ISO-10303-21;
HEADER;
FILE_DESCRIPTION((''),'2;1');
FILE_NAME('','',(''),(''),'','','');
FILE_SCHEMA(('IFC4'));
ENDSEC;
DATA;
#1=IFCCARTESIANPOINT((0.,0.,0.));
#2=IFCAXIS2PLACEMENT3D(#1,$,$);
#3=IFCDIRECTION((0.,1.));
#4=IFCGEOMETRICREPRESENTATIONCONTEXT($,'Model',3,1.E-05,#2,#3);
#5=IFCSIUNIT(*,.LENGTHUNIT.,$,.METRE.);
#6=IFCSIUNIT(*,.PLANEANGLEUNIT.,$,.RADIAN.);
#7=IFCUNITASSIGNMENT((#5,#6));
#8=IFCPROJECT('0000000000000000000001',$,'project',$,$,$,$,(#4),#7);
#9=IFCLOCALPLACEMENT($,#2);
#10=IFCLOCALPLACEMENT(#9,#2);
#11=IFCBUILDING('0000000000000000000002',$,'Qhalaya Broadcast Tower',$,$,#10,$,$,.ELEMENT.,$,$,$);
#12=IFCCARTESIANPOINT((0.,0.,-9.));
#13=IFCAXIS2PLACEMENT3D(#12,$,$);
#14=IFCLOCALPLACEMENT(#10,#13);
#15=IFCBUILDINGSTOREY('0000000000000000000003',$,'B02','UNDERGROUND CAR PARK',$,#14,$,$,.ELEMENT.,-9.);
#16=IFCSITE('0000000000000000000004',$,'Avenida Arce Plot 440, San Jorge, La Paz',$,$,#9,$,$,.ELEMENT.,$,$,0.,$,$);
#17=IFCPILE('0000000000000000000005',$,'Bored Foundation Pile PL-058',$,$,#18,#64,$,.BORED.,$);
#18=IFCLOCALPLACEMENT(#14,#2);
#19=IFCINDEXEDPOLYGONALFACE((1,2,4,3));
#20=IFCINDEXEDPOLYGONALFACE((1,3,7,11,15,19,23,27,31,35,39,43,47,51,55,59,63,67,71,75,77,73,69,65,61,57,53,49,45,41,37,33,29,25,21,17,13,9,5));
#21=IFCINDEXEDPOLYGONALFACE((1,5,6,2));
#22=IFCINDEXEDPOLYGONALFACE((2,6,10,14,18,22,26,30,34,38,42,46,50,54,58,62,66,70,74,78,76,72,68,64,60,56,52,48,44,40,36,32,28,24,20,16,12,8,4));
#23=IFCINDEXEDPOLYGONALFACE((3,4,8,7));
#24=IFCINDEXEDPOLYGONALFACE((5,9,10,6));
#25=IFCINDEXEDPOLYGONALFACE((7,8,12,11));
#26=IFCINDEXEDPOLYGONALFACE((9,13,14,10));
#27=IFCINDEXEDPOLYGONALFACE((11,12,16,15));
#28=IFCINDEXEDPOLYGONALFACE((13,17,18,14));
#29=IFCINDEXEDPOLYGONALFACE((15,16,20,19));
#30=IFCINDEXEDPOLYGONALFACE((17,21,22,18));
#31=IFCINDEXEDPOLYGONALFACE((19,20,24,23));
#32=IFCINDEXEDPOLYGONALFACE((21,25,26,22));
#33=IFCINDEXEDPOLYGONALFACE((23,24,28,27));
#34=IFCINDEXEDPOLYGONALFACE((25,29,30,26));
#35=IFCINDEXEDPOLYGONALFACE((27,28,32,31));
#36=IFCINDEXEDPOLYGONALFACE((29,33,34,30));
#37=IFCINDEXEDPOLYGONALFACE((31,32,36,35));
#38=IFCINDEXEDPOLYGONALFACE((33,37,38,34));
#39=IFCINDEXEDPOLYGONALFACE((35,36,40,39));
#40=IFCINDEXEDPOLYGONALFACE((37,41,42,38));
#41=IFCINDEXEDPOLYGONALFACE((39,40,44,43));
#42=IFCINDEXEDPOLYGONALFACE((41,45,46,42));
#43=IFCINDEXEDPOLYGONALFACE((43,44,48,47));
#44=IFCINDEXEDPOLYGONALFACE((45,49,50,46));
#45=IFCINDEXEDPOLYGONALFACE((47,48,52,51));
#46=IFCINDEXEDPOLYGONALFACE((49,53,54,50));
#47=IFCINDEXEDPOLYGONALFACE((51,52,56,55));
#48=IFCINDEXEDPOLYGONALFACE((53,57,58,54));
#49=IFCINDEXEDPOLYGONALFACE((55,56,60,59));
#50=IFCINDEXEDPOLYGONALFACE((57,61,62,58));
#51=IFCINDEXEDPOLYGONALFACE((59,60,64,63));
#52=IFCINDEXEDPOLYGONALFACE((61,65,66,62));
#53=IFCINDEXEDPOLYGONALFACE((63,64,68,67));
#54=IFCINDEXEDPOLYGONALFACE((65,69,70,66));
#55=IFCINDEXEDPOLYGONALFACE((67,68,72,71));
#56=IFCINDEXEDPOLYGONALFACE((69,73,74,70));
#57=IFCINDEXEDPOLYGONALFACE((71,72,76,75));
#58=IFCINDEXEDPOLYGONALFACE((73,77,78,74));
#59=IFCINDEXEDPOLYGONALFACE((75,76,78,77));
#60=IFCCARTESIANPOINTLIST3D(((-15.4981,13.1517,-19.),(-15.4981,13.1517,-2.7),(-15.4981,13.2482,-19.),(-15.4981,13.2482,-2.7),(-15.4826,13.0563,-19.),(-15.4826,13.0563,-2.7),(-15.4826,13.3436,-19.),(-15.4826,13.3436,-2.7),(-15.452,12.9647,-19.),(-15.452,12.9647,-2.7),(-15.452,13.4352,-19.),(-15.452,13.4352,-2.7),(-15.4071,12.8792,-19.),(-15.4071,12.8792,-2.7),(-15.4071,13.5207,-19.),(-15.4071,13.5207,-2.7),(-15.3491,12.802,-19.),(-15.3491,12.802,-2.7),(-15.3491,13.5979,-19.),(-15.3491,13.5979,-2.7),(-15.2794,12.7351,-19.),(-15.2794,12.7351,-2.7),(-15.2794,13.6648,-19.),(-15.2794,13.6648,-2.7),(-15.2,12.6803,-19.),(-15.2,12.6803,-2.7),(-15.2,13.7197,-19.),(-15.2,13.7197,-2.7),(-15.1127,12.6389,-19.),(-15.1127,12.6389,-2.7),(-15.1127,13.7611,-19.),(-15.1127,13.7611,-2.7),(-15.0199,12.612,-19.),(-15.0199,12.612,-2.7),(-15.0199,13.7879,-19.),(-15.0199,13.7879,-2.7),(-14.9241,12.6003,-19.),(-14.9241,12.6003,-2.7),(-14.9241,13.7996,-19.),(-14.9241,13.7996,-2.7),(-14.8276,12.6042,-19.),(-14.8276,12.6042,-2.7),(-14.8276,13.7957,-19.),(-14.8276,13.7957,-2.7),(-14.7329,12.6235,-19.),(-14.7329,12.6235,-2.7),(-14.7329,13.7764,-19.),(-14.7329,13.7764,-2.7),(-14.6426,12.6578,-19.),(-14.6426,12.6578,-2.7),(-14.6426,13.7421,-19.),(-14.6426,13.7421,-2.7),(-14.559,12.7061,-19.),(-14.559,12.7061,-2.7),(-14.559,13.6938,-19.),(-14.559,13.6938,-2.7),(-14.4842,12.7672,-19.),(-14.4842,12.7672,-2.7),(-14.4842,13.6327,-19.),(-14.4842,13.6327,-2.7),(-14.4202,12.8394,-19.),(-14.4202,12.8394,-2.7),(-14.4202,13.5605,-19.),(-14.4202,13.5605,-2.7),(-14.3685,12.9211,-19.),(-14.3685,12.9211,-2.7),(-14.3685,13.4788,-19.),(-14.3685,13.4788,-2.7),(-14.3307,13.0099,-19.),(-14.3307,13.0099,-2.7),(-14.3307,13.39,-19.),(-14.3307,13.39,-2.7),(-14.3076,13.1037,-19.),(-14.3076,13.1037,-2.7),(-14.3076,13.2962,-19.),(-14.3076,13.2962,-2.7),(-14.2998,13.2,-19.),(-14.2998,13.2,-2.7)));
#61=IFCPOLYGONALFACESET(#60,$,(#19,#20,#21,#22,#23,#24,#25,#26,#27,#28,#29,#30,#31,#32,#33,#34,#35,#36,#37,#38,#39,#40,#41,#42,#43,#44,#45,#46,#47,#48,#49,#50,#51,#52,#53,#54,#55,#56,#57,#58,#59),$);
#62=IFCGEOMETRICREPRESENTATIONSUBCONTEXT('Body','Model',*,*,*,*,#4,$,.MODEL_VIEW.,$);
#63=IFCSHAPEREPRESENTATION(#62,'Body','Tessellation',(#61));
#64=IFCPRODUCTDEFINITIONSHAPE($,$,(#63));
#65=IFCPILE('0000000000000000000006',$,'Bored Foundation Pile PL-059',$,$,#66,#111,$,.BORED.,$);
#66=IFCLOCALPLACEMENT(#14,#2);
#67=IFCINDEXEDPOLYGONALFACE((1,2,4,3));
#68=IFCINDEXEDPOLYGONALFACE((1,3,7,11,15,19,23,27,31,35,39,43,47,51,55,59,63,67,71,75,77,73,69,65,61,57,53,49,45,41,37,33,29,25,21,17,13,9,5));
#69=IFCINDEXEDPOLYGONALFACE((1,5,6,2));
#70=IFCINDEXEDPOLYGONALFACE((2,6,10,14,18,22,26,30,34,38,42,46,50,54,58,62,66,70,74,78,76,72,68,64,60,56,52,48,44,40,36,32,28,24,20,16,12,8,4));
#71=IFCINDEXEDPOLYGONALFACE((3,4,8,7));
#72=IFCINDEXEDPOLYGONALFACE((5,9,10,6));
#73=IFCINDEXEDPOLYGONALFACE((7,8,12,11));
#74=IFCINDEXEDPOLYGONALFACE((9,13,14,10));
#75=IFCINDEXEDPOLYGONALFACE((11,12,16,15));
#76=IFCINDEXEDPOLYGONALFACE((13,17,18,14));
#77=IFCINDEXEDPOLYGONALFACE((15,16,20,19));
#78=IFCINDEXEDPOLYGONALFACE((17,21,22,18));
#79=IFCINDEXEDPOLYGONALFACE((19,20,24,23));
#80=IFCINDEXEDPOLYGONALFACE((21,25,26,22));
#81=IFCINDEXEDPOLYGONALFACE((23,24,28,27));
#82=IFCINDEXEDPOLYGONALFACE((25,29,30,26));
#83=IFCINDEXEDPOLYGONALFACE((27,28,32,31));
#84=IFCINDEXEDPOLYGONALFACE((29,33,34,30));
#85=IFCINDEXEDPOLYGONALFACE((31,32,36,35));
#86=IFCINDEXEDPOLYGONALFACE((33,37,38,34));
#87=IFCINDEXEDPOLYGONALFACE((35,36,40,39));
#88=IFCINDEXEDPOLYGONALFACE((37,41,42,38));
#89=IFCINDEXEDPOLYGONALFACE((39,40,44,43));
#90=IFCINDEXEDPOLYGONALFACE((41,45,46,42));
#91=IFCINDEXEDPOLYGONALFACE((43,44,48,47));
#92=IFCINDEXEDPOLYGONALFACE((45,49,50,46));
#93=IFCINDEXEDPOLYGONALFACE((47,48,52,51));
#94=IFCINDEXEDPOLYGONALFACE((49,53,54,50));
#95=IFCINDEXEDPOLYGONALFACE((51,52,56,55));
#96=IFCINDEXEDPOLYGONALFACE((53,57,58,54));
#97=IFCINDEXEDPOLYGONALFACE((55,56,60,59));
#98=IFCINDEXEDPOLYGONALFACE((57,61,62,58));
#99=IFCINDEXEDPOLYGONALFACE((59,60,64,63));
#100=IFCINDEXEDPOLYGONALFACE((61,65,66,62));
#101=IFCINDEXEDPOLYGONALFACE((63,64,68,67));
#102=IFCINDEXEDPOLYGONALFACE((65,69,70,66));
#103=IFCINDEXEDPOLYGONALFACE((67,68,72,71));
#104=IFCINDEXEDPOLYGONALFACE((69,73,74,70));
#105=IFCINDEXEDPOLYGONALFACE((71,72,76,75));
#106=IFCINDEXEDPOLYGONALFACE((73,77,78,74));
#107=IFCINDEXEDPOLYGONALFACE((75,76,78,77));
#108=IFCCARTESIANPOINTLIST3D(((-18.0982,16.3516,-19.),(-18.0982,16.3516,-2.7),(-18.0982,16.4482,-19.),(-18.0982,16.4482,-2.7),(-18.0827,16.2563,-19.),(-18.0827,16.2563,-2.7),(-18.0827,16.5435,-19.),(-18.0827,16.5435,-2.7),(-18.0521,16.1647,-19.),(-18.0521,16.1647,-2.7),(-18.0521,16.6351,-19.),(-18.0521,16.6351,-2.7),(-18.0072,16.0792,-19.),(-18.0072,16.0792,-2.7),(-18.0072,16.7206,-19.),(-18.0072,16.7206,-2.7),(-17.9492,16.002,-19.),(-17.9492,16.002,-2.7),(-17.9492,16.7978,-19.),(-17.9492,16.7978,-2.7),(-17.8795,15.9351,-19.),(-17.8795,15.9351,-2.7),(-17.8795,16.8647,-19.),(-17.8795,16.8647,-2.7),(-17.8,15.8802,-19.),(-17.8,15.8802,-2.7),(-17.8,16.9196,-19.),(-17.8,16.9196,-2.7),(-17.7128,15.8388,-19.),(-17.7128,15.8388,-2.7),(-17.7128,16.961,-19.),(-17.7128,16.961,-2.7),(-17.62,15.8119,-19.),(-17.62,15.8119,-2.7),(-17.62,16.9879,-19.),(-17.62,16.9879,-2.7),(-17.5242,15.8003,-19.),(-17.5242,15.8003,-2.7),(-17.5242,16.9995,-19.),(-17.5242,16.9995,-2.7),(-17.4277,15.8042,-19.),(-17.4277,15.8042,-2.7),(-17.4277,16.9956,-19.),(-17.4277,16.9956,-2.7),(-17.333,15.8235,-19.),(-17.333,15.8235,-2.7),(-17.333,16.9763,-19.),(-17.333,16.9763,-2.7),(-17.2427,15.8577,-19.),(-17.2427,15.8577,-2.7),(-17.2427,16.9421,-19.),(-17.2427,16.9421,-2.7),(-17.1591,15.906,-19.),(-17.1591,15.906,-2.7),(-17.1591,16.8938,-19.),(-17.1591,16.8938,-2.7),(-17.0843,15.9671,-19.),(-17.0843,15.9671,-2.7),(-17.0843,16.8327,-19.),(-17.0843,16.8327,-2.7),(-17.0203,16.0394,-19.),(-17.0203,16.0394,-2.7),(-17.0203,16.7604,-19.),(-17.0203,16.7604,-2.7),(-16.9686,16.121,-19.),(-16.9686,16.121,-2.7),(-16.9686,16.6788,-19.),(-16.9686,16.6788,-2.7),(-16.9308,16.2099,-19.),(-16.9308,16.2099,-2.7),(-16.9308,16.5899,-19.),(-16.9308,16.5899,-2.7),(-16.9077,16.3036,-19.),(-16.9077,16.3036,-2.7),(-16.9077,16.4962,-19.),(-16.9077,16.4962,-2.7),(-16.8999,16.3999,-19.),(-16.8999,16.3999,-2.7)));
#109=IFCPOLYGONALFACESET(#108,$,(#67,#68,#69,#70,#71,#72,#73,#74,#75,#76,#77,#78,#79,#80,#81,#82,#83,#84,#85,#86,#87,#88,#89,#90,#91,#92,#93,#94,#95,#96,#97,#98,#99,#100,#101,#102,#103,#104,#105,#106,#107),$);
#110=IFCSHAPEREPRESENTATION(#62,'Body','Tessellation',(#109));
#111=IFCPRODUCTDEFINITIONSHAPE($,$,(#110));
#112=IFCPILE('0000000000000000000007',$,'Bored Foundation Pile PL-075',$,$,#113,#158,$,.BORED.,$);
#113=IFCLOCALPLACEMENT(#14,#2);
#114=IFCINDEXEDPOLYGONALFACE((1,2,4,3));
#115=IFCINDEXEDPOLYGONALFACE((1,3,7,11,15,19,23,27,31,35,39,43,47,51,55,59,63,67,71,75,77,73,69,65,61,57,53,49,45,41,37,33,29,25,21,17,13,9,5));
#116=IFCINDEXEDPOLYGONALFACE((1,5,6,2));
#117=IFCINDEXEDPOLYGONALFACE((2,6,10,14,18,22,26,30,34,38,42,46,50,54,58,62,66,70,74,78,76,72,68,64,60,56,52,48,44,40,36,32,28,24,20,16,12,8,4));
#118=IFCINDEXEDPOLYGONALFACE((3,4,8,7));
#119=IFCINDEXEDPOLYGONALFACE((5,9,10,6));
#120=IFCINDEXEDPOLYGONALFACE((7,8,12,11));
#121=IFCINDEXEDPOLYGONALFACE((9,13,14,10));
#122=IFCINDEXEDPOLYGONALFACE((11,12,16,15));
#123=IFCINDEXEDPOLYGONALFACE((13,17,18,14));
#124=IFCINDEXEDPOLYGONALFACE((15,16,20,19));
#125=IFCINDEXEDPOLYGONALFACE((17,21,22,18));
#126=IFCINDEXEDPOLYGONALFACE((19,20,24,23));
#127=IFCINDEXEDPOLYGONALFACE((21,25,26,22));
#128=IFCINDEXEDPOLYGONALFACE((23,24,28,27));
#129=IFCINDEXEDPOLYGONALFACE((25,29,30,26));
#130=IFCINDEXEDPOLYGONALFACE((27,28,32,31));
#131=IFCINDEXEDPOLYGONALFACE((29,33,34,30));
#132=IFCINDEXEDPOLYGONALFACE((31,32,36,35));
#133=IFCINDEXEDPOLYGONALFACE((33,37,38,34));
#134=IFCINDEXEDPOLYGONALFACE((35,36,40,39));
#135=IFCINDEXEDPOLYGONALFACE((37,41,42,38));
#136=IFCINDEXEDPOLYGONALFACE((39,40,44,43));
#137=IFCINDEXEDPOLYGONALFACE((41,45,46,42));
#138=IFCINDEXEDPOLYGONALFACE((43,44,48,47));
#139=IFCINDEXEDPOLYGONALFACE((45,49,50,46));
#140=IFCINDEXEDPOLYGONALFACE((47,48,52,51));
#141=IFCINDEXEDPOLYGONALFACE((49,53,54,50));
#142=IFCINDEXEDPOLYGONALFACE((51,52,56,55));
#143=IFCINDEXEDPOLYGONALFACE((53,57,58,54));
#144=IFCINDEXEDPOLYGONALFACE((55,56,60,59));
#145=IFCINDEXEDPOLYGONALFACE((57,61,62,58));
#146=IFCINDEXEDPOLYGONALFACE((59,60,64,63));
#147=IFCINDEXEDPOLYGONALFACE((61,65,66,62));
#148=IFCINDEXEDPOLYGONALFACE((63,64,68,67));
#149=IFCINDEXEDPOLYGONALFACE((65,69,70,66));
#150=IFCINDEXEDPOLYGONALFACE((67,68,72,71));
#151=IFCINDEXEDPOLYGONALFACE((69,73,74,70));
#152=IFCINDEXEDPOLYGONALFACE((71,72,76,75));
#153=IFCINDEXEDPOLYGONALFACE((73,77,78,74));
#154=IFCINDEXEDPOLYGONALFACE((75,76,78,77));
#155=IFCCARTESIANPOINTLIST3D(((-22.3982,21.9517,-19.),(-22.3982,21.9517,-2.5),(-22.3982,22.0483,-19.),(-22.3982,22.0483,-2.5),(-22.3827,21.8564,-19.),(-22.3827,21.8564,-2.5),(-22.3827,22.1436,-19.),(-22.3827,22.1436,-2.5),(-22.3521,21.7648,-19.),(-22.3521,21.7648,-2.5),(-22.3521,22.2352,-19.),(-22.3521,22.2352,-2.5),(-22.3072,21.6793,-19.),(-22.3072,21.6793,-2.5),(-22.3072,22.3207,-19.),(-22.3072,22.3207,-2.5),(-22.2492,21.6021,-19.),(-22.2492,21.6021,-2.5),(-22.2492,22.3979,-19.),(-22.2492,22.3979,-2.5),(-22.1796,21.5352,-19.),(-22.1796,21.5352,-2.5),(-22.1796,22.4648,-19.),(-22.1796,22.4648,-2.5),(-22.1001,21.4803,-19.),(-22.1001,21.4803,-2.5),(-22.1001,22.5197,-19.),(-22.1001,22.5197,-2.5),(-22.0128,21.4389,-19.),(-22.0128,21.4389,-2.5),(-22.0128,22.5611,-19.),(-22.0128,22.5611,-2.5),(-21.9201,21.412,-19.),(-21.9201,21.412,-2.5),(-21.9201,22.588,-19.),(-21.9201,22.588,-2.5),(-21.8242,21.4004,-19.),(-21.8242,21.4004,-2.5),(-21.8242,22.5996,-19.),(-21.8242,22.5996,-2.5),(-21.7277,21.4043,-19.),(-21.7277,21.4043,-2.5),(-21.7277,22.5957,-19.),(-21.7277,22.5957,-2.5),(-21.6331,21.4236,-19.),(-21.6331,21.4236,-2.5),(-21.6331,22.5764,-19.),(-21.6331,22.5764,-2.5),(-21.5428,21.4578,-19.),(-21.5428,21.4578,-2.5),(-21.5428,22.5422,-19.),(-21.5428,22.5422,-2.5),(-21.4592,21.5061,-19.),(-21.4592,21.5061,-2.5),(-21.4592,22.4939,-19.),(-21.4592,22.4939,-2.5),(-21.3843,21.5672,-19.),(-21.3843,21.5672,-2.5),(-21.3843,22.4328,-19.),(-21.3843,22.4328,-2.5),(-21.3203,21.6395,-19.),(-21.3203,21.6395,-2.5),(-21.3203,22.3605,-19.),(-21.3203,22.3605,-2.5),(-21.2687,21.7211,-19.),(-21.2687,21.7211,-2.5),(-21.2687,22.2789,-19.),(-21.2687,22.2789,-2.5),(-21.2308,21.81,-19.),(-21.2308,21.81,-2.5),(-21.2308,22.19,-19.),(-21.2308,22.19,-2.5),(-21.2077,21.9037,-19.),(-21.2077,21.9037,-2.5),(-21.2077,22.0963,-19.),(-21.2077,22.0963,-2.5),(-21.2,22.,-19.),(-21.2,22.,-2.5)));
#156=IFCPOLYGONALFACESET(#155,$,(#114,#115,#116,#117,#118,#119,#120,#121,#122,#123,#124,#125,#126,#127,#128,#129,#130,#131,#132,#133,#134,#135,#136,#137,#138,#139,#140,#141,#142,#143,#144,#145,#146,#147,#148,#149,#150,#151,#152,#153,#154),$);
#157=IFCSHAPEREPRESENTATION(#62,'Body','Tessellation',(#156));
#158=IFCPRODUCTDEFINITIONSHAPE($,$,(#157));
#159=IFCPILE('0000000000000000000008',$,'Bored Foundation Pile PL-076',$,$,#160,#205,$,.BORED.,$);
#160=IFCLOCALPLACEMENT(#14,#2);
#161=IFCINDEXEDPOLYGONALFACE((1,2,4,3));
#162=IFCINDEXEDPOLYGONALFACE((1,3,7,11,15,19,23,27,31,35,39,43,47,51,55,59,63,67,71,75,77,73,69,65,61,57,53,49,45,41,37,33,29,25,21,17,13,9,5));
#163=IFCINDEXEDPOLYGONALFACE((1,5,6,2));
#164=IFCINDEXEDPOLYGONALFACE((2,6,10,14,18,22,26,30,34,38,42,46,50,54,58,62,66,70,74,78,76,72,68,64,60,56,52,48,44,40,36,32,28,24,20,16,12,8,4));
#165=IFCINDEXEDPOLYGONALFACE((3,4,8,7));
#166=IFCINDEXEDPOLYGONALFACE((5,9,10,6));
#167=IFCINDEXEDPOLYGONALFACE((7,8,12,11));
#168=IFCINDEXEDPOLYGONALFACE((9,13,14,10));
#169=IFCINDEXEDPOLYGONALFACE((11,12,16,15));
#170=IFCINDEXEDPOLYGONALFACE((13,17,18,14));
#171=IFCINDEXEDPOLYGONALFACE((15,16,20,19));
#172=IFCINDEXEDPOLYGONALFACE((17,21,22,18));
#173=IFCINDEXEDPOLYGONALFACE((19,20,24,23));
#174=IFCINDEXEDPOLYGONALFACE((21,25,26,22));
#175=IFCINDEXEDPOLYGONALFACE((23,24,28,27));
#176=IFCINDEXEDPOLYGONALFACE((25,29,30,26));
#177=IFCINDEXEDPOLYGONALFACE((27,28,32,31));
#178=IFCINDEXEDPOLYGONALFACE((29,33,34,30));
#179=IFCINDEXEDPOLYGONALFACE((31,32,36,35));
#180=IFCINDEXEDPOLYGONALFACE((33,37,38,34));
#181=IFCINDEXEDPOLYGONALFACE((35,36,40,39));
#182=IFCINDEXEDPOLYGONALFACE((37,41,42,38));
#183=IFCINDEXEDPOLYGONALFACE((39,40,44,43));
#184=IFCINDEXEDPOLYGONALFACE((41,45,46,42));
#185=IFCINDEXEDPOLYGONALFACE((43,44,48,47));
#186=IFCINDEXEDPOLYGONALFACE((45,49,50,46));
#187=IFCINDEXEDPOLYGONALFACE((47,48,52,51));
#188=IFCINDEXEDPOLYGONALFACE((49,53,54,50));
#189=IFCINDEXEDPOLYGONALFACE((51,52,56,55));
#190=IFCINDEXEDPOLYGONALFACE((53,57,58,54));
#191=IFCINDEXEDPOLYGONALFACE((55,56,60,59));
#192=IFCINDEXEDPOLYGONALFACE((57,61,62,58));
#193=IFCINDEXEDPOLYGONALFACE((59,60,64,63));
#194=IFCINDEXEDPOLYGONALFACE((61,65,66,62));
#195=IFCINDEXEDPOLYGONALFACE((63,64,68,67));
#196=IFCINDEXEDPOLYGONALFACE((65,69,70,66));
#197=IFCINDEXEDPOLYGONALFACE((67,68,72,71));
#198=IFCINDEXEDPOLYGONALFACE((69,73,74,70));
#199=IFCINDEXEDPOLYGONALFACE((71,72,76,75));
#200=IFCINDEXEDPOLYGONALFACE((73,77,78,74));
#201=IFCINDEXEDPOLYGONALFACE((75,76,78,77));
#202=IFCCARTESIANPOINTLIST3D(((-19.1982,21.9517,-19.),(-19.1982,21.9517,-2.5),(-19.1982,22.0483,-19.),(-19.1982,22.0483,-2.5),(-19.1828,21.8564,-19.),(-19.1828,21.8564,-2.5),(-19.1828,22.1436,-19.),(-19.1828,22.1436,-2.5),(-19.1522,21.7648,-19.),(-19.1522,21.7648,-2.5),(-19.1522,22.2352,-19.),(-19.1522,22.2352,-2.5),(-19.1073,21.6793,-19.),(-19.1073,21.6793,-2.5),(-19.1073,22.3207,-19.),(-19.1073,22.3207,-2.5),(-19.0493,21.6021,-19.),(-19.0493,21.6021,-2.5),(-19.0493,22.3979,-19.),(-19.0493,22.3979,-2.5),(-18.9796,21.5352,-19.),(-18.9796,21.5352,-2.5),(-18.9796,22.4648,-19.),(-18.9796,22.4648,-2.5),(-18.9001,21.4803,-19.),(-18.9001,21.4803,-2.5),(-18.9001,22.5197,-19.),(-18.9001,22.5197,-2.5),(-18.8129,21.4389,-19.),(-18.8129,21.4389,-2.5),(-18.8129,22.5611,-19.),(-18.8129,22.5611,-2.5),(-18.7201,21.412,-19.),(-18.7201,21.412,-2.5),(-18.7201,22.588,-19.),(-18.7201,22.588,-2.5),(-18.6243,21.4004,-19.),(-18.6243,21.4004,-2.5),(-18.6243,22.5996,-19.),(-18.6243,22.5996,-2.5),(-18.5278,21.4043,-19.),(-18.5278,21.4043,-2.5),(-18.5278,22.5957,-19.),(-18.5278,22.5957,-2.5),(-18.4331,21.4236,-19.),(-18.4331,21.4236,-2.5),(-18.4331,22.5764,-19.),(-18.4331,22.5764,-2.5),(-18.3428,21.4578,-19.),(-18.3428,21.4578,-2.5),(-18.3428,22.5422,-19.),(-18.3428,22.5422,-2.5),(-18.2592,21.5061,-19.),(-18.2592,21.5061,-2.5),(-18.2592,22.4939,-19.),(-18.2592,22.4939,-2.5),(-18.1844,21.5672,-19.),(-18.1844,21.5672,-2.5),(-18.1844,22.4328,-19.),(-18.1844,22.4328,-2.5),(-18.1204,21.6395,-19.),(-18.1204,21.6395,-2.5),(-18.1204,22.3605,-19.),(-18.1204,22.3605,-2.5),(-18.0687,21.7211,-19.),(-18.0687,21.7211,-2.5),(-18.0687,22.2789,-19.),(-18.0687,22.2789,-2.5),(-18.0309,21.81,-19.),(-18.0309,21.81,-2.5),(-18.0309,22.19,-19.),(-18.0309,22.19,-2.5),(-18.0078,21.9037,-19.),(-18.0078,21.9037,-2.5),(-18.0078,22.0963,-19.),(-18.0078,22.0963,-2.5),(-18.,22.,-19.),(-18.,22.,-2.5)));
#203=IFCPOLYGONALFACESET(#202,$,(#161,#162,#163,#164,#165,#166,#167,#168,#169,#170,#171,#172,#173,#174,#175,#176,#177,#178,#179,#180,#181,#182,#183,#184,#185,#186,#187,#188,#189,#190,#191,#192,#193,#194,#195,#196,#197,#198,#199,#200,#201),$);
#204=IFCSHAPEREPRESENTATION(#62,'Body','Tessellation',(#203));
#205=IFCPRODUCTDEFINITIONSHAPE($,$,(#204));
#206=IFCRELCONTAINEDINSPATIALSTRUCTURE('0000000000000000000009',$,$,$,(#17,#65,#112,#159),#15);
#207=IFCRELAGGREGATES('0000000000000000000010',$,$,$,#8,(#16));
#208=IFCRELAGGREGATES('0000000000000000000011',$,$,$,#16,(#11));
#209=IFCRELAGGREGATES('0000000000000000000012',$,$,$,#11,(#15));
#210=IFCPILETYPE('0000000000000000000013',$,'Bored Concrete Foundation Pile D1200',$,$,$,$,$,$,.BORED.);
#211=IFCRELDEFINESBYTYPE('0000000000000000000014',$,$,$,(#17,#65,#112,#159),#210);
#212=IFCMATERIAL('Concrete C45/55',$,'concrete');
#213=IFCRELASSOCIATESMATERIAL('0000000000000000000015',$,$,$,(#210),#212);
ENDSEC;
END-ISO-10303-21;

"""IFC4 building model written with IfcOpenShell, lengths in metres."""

from ifc_helpers import new_model, si_unit, direction, frame, origin, origin_2d, place, context, subcontext, project, spatial, circle, extrude, material, material_profile, profile_set, type_object, element, save


model = new_model("IFC4")

# Units and contexts
model_context = context("Model", 3, precision=1e-05, world=origin(), true_north=direction((0.0, 1.0)))
body_context = subcontext(model_context, "Body", "Model", "MODEL_VIEW")
ifc_project = project(units=[si_unit("LENGTHUNIT", "METRE"), si_unit("PLANEANGLEUNIT", "RADIAN")], contexts=[model_context])

# Site, building, storey
site_placement = place(None, origin())
site = spatial("IfcSite", under=ifc_project, at=site_placement, Name="Avenida Arce Plot 440, San Jorge, La Paz", CompositionType="ELEMENT", RefElevation=0.0)
building_placement = place(site_placement, origin())
building = spatial("IfcBuilding", under=site, at=building_placement, Name="Qhalaya Broadcast Tower", CompositionType="ELEMENT")
storey_placement = place(building_placement, frame((0.0, 0.0, -9.0)))
storey = spatial("IfcBuildingStorey", under=building, at=storey_placement, Name="B02", Description="UNDERGROUND CAR PARK", CompositionType="ELEMENT", Elevation=-9.0)

# Piles
ifc_material_1 = material(Name="Concrete C45/55", Category="concrete")
ifc_material_profile_1 = material_profile(ifc_material_1, circle(Radius=0.6001, at=origin_2d()), Name="PILE D1200")
ifc_profile_set_1 = profile_set([ifc_material_profile_1], Name="Concrete C45/55")
pile_type = type_object("IfcPileType", Name="Bored Concrete Foundation Pile D1200", PredefinedType="BORED", material=ifc_profile_set_1)
for number, where, z_axis, x_axis, name in (
    (1, (-14.8999, 13.2, -2.7), (0.0, 0.0, -1.0), (1.0, 0.0, 0.0), "Bored Foundation Pile PL-058"),
    (2, (-17.5, 16.3999, -2.7), (0.0, 0.0, -1.0), (1.0, 0.0, 0.0), "Bored Foundation Pile PL-059"),
):
    element("IfcPile", number, at=place(storey_placement, frame(where, z_axis=z_axis, x_axis=x_axis)), inside=storey, type_object=pile_type, Name=name, PredefinedType="BORED", context=body_context, shape_type="SweptSolid", body=[
        extrude(circle(Radius=0.6001, at=origin_2d()), origin(), (0.0, 0.0, 1.0), 16.3),
    ])
for number, where, z_axis, x_axis, name in (
    (3, (-21.8, 22.0, -2.5), (0.0, 0.0, -1.0), (1.0, 0.0, 0.0), "Bored Foundation Pile PL-075"),
    (4, (-18.6001, 22.0, -2.5), (0.0, 0.0, -1.0), (1.0, 0.0, 0.0), "Bored Foundation Pile PL-076"),
):
    element("IfcPile", number, at=place(storey_placement, frame(where, z_axis=z_axis, x_axis=x_axis)), inside=storey, type_object=pile_type, Name=name, PredefinedType="BORED", context=body_context, shape_type="SweptSolid", body=[
        extrude(circle(Radius=0.6001, at=origin_2d()), origin(), (0.0, 0.0, 1.0), 16.5),
    ])

save(model, "model.ifc")
